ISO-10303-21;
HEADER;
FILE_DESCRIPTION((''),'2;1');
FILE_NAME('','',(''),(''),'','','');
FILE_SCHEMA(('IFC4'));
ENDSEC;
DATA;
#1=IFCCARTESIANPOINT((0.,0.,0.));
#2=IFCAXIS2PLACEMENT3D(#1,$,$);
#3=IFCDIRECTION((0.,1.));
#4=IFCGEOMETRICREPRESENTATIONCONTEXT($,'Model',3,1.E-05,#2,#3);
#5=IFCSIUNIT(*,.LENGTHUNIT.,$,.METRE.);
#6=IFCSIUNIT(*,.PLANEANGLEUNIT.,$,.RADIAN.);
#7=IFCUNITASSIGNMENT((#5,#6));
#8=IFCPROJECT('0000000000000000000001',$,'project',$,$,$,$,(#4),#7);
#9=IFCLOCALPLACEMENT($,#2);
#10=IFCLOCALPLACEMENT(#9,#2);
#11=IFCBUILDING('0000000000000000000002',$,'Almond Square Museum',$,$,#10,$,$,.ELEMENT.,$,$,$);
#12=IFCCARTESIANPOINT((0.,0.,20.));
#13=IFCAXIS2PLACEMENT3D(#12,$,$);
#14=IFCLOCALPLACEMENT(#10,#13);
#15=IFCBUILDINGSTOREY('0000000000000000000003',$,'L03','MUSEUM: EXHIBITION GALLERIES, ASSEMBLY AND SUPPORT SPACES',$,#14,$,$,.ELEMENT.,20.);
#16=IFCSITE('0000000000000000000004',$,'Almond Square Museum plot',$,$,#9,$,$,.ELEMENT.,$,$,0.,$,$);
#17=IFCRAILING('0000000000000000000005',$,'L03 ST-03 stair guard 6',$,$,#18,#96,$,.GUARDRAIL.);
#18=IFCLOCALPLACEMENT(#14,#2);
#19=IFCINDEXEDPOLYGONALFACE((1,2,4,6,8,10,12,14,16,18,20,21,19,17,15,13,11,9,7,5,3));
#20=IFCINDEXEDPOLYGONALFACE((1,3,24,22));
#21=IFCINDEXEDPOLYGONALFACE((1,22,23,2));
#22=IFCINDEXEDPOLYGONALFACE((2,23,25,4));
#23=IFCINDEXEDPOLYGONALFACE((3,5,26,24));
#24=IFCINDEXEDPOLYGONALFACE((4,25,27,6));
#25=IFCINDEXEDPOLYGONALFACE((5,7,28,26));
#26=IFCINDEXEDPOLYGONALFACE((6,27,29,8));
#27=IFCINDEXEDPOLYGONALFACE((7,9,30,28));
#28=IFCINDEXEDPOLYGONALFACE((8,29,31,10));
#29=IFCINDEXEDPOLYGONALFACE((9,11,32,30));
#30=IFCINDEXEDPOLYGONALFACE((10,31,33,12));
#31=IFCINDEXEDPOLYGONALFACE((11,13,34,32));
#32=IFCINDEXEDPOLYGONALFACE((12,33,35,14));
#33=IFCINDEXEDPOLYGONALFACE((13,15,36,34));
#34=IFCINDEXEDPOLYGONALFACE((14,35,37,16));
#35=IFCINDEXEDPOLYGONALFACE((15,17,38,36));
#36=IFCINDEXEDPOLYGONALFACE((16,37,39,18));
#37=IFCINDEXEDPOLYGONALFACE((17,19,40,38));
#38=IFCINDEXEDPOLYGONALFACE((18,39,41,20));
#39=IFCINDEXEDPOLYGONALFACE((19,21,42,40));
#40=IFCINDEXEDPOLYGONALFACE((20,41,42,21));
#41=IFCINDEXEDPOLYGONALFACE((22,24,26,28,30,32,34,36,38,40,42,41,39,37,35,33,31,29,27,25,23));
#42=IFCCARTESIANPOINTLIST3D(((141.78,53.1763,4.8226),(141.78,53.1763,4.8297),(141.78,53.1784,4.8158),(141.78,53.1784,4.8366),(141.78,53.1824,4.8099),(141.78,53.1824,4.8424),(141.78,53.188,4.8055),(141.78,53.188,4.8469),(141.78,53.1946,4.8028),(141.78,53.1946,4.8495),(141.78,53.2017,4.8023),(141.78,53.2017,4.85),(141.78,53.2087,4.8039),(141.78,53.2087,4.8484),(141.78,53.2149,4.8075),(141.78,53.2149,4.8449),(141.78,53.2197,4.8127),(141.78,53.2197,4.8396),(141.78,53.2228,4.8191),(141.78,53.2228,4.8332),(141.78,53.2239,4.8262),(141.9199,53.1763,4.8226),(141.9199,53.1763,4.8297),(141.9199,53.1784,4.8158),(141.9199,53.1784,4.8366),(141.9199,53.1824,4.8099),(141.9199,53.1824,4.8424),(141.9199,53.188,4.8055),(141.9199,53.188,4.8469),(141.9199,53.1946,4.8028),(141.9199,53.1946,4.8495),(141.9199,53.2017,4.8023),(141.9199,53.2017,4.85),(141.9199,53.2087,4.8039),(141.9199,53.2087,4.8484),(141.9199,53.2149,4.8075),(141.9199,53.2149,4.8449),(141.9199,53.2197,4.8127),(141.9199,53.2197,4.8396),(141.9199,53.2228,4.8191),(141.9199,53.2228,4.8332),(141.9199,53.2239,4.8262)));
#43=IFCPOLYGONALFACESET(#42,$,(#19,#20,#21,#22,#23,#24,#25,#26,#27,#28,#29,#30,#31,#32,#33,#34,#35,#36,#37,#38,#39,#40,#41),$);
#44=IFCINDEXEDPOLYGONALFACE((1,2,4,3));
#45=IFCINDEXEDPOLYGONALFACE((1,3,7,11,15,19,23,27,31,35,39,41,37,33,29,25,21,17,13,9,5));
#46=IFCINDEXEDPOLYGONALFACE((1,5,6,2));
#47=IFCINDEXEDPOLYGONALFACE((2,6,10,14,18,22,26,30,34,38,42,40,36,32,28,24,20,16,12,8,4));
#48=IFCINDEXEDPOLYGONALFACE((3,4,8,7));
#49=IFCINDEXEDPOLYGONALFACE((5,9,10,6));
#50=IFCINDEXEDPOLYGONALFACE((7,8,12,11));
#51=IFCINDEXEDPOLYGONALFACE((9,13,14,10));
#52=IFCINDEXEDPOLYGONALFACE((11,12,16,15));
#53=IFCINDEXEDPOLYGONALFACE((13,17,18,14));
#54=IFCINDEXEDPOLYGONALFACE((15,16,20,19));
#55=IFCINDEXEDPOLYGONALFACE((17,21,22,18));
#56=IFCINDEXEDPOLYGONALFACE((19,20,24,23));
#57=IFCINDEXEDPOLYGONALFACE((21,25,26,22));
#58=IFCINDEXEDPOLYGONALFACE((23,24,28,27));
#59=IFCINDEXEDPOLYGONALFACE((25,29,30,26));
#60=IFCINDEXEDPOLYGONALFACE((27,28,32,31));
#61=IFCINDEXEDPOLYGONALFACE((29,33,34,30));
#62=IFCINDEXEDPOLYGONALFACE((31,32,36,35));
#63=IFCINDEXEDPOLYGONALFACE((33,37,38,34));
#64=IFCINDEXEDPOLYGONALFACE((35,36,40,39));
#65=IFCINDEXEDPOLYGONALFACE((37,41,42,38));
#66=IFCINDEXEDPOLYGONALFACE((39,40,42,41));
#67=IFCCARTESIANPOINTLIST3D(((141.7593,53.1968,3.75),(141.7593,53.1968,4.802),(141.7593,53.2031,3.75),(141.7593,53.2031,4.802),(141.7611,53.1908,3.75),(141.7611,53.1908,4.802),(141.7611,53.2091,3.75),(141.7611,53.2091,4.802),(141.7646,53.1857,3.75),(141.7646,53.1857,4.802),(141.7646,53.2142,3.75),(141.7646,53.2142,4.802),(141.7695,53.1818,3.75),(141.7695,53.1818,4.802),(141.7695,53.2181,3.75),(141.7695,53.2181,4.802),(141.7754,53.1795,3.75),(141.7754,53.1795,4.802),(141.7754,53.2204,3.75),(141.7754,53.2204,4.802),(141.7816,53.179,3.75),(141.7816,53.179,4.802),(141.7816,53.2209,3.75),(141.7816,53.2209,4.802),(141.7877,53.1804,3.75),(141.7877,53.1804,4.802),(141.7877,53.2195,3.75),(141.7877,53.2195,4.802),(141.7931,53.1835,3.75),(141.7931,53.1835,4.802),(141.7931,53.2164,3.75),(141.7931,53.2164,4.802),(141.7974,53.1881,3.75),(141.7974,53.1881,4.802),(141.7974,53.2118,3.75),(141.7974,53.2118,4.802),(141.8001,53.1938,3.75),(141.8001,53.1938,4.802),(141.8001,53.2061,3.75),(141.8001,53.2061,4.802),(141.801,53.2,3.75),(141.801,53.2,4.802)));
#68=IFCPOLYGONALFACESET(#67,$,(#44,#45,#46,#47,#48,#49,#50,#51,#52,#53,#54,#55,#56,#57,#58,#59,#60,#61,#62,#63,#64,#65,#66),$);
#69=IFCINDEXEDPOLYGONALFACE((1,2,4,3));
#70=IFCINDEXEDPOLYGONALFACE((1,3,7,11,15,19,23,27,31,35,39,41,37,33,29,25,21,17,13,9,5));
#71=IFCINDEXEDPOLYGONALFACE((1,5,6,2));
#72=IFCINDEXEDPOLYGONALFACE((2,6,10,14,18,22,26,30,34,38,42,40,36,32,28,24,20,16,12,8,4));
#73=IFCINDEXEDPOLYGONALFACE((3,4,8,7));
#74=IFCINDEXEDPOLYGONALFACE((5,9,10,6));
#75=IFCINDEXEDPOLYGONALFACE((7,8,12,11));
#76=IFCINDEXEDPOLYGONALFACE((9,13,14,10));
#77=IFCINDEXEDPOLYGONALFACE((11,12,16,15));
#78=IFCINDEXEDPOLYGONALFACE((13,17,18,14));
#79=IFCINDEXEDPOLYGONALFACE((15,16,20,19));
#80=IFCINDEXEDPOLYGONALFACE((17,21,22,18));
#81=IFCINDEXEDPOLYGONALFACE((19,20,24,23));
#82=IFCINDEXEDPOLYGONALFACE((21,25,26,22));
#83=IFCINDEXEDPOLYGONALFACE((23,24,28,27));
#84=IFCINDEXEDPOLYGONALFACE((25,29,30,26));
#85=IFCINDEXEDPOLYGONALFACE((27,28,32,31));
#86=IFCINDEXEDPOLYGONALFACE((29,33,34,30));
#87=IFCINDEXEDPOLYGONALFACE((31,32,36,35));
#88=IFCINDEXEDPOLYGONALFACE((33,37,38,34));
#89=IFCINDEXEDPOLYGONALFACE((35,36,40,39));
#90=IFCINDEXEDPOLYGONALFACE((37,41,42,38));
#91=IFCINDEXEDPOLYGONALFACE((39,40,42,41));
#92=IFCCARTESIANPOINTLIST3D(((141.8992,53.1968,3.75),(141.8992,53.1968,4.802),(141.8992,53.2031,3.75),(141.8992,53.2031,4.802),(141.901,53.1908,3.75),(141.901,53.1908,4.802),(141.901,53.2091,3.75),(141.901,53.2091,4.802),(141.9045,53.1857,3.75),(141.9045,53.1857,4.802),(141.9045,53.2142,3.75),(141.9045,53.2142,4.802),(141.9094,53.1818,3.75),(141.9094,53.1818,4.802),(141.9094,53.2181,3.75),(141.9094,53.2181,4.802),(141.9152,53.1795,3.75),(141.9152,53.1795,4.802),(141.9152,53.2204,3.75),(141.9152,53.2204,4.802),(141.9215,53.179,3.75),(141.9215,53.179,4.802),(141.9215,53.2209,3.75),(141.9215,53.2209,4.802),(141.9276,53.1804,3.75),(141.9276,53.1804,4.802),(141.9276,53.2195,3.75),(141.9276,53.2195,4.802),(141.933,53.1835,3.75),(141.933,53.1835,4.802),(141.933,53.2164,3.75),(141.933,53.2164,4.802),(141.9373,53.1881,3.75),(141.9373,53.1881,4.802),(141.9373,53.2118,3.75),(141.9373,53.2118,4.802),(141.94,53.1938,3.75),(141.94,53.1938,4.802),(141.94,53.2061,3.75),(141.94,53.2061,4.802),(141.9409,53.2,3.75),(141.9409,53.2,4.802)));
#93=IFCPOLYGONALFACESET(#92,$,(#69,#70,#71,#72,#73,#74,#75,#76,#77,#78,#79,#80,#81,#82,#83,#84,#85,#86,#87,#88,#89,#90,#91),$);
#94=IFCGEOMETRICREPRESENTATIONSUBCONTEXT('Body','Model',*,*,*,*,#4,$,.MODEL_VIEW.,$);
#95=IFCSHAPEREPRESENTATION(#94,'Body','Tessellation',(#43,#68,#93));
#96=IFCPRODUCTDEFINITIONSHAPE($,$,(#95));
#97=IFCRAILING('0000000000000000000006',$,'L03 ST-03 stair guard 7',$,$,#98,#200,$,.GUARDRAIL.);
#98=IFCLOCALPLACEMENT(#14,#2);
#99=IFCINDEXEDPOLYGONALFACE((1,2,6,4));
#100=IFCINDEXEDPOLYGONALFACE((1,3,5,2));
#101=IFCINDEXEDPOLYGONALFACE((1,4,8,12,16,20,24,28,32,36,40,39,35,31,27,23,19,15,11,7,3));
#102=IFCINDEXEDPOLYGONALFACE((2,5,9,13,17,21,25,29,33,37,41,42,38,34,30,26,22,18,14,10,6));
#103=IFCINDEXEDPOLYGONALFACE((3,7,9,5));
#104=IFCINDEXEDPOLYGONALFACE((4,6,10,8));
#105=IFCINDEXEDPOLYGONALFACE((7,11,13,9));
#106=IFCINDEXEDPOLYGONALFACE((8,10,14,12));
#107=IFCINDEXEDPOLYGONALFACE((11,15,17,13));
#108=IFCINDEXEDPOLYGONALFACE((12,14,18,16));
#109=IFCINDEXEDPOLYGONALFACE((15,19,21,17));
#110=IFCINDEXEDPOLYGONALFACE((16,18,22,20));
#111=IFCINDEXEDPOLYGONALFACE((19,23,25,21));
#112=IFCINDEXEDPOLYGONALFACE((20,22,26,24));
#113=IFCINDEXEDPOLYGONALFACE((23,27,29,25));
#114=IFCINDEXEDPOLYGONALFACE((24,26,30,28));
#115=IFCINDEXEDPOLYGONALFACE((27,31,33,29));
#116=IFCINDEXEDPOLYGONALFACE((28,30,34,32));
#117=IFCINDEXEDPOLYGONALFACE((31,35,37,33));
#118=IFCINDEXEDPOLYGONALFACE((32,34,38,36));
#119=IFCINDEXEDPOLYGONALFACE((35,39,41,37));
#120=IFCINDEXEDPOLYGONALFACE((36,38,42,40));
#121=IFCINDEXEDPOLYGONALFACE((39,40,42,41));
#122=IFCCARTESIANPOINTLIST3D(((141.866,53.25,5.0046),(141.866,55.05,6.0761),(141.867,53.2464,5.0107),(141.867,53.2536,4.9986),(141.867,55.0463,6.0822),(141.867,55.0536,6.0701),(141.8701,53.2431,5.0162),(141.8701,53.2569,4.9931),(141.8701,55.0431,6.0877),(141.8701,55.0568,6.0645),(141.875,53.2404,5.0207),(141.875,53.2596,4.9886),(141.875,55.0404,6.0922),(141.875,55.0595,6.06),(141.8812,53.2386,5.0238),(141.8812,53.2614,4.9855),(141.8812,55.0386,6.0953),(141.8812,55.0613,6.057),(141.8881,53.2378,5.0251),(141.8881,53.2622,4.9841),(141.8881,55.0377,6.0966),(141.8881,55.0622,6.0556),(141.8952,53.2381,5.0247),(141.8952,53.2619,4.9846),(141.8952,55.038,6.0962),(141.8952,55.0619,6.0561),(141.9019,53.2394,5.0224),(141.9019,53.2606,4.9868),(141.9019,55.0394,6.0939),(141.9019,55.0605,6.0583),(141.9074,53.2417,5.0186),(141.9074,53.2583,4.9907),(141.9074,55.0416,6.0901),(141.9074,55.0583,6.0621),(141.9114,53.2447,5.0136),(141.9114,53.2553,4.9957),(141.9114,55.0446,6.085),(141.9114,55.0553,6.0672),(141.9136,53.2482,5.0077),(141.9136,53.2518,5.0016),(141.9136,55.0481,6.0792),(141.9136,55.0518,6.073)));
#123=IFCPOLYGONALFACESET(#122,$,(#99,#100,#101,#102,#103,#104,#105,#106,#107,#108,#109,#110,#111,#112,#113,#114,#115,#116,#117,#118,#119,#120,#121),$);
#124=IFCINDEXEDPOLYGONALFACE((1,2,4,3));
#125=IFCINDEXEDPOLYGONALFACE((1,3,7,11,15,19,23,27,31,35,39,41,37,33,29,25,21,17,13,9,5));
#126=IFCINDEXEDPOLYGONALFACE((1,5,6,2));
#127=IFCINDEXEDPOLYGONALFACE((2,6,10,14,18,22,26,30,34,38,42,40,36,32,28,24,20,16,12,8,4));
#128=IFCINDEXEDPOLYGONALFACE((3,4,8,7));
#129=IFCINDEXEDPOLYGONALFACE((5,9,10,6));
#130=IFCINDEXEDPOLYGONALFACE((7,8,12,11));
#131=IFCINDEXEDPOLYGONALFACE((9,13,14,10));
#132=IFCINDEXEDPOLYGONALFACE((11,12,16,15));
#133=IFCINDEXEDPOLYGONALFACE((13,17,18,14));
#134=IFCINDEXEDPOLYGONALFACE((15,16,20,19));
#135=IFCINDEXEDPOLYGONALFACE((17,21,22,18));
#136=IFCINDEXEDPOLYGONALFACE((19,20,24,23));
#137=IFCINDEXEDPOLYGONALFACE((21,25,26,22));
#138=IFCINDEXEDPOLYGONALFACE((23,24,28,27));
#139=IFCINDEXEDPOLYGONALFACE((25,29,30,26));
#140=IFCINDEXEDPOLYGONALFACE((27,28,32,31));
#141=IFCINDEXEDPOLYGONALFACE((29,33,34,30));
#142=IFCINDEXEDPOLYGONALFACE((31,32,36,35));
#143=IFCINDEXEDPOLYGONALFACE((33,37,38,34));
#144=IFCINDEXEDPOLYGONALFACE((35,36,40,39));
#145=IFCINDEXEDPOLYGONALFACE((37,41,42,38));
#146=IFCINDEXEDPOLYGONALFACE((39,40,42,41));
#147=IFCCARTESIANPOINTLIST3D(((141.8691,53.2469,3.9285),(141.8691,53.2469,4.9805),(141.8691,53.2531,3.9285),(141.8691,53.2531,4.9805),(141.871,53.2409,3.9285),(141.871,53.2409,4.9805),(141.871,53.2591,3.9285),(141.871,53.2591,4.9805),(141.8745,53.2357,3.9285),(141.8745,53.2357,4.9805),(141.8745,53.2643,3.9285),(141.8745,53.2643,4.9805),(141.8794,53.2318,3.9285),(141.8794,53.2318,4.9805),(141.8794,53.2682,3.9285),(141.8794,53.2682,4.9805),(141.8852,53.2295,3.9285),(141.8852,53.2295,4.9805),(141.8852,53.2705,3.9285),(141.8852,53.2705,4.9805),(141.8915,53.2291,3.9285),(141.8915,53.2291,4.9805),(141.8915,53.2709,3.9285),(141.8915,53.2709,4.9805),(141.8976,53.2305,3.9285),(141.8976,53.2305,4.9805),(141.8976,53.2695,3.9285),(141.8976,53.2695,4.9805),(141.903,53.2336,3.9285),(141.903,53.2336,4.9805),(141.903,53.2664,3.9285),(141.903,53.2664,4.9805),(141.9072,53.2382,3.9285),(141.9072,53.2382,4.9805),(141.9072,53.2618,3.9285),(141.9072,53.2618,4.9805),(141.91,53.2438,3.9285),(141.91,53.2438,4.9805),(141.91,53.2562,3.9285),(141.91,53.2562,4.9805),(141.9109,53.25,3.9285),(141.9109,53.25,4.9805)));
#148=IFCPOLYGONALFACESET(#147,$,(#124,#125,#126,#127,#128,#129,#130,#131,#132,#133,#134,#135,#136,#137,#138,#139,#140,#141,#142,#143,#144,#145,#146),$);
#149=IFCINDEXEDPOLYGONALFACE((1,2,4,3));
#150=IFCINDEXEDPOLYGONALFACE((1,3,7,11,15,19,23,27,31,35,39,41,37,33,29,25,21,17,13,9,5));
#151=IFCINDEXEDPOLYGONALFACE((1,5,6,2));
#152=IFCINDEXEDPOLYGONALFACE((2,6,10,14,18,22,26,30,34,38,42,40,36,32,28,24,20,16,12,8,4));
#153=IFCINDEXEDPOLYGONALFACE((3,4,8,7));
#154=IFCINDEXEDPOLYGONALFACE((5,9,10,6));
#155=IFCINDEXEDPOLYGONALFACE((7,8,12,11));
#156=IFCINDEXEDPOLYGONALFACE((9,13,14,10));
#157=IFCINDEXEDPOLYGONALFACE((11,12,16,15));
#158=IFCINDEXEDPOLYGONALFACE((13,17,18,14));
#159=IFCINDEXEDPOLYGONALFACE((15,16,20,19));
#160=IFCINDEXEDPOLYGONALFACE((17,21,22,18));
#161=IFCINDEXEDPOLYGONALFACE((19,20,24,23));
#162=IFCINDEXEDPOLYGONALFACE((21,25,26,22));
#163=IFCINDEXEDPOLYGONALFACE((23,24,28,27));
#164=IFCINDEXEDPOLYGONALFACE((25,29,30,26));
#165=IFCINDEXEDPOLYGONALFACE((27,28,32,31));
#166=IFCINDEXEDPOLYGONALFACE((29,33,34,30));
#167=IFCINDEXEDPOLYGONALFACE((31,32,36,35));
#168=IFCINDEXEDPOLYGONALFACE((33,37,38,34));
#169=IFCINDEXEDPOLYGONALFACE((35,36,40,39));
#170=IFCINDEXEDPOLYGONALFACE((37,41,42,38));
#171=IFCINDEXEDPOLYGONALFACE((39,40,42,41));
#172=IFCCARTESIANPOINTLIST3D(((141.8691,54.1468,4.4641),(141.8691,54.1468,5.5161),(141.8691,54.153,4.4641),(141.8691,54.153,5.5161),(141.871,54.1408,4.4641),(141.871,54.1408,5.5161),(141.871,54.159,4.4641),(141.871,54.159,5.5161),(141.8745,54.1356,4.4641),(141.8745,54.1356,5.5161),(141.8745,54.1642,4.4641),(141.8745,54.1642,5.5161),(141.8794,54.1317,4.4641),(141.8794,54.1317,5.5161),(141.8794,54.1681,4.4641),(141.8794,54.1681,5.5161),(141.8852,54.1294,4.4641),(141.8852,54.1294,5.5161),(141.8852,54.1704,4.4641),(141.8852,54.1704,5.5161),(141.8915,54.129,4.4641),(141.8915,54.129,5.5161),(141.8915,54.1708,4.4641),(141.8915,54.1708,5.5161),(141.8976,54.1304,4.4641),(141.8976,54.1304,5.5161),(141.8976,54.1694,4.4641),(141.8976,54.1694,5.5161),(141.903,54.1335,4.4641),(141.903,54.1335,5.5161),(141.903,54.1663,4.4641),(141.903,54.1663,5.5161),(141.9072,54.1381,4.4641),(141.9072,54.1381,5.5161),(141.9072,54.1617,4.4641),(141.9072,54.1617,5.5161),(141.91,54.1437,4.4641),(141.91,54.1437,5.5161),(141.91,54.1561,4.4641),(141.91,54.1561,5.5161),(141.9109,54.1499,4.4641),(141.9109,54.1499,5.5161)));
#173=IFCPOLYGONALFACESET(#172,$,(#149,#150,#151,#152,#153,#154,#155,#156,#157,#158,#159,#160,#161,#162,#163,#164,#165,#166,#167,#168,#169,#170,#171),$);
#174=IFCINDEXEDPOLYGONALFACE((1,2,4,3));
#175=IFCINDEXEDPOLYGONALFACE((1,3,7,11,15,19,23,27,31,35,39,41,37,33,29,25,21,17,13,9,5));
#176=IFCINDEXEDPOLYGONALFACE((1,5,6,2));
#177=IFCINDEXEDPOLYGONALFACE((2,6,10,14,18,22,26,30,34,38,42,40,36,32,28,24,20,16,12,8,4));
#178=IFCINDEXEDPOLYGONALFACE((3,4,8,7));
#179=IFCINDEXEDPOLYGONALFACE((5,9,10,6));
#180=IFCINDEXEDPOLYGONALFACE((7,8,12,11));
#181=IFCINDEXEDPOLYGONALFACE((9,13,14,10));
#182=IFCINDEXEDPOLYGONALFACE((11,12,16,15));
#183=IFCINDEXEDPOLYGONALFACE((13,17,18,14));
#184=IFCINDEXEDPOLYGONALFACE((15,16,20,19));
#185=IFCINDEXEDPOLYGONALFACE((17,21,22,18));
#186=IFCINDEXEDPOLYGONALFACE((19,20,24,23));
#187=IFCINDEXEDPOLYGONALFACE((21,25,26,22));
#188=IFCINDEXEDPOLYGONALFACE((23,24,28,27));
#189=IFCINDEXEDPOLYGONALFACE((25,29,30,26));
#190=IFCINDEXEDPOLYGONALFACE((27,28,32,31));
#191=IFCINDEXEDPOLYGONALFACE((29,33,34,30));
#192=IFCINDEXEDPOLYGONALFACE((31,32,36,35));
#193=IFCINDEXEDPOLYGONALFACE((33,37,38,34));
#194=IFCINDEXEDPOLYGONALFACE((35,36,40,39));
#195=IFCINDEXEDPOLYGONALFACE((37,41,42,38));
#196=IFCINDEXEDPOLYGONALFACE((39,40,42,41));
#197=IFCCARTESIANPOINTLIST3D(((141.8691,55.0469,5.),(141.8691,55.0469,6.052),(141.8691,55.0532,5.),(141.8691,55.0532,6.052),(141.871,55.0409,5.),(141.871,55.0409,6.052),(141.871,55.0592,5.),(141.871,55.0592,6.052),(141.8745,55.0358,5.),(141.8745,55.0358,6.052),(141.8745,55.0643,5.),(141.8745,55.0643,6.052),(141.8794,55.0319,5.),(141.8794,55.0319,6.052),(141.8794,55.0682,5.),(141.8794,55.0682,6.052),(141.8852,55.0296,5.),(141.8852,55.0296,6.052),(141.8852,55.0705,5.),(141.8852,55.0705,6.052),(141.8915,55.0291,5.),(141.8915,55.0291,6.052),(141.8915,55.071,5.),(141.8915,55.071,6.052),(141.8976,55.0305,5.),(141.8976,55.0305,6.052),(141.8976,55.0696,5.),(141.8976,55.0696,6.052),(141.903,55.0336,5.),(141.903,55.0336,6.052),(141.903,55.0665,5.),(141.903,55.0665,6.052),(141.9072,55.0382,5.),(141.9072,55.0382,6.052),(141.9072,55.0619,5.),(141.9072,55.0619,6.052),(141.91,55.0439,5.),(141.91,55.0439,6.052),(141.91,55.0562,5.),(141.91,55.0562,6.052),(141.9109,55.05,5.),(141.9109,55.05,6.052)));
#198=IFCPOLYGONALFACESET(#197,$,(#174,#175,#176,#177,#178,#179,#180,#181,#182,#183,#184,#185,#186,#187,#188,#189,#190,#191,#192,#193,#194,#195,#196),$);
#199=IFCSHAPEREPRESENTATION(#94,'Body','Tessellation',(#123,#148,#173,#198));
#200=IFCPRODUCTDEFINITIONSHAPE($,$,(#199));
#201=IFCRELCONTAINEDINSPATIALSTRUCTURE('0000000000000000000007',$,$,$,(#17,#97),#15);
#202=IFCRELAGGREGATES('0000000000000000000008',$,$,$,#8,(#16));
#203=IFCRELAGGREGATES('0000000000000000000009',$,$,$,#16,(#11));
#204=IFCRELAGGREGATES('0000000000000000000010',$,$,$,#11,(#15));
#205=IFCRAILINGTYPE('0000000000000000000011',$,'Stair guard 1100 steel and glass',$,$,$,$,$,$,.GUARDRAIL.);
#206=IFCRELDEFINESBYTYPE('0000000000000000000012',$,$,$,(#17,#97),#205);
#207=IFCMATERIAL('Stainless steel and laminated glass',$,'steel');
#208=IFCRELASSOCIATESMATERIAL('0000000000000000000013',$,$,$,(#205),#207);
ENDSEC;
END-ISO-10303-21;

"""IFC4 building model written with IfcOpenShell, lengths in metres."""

from ifc_helpers import new_model, si_unit, direction, frame, origin, origin_2d, place, context, subcontext, project, spatial, circle, extrude, material, type_object, element, save


model = new_model("IFC4")

# Units and contexts
model_context = context("Model", 3, precision=1e-05, world=origin(), true_north=direction((0.0, 1.0)))
body_context = subcontext(model_context, "Body", "Model", "MODEL_VIEW")
ifc_project = project(units=[si_unit("LENGTHUNIT", "METRE"), si_unit("PLANEANGLEUNIT", "RADIAN")], contexts=[model_context])

# Site, building, storey
site_placement = place(None, origin())
site = spatial("IfcSite", under=ifc_project, at=site_placement, Name="Almond Square Museum plot", CompositionType="ELEMENT", RefElevation=0.0)
building_placement = place(site_placement, origin())
building = spatial("IfcBuilding", under=site, at=building_placement, Name="Almond Square Museum", CompositionType="ELEMENT")
storey_placement = place(building_placement, frame((0.0, 0.0, 20.0)))
storey = spatial("IfcBuildingStorey", under=building, at=storey_placement, Name="L03", Description="MUSEUM: EXHIBITION GALLERIES, ASSEMBLY AND SUPPORT SPACES", CompositionType="ELEMENT", Elevation=20.0)

# Railings
ifc_material_1 = material(Name="Stainless steel and laminated glass", Category="steel")
railing_type_1 = type_object("IfcRailingType", Name="Stair guard 1100 steel and glass", PredefinedType="GUARDRAIL", material=ifc_material_1)
railing_1_placement = place(storey_placement, frame((141.78, 53.2, 3.75)))
element("IfcRailing", 1, at=railing_1_placement, inside=storey, type_object=railing_type_1, Name="L03 ST-03 stair guard 6", PredefinedType="GUARDRAIL", context=body_context, shape_type="SweptSolid", body=[
    extrude(circle(Radius=0.0239, at=origin_2d()), frame((0.0, 0.0, 1.0762), z_axis=(1.0, 0.0, 0.0), x_axis=(0.0, 1.0, 0.0)), (0.0, 0.0, 1.0), 0.1399),
    extrude(circle(Radius=0.021, at=origin_2d()), origin(), (0.0, 0.0, 1.0), 1.052),
    extrude(circle(Radius=0.021, at=origin_2d()), frame((0.1399, 0.0, 0.0)), (0.0, 0.0, 1.0), 1.052),
])
railing_2_placement = place(storey_placement, frame((141.8899, 53.25, 3.9285)))
element("IfcRailing", 2, at=railing_2_placement, inside=storey, type_object=railing_type_1, Name="L03 ST-03 stair guard 7", PredefinedType="GUARDRAIL", context=body_context, shape_type="SweptSolid", body=[
    extrude(circle(Radius=0.0239, at=origin_2d()), frame((0.0, 0.0, 1.0762), z_axis=(0.0, 0.859277, 0.51151), x_axis=(-1.0, 0.0, 0.0)), (0.0, 0.0, 1.0), 2.0947),
    extrude(circle(Radius=0.021, at=origin_2d()), origin(), (0.0, 0.0, 1.0), 1.052),
    extrude(circle(Radius=0.021, at=origin_2d()), frame((0.0, 0.8999, 0.5356)), (0.0, 0.0, 1.0), 1.052),
    extrude(circle(Radius=0.021, at=origin_2d()), frame((0.0, 1.8, 1.0715)), (0.0, 0.0, 1.0), 1.052),
])

save(model, "model.ifc")
